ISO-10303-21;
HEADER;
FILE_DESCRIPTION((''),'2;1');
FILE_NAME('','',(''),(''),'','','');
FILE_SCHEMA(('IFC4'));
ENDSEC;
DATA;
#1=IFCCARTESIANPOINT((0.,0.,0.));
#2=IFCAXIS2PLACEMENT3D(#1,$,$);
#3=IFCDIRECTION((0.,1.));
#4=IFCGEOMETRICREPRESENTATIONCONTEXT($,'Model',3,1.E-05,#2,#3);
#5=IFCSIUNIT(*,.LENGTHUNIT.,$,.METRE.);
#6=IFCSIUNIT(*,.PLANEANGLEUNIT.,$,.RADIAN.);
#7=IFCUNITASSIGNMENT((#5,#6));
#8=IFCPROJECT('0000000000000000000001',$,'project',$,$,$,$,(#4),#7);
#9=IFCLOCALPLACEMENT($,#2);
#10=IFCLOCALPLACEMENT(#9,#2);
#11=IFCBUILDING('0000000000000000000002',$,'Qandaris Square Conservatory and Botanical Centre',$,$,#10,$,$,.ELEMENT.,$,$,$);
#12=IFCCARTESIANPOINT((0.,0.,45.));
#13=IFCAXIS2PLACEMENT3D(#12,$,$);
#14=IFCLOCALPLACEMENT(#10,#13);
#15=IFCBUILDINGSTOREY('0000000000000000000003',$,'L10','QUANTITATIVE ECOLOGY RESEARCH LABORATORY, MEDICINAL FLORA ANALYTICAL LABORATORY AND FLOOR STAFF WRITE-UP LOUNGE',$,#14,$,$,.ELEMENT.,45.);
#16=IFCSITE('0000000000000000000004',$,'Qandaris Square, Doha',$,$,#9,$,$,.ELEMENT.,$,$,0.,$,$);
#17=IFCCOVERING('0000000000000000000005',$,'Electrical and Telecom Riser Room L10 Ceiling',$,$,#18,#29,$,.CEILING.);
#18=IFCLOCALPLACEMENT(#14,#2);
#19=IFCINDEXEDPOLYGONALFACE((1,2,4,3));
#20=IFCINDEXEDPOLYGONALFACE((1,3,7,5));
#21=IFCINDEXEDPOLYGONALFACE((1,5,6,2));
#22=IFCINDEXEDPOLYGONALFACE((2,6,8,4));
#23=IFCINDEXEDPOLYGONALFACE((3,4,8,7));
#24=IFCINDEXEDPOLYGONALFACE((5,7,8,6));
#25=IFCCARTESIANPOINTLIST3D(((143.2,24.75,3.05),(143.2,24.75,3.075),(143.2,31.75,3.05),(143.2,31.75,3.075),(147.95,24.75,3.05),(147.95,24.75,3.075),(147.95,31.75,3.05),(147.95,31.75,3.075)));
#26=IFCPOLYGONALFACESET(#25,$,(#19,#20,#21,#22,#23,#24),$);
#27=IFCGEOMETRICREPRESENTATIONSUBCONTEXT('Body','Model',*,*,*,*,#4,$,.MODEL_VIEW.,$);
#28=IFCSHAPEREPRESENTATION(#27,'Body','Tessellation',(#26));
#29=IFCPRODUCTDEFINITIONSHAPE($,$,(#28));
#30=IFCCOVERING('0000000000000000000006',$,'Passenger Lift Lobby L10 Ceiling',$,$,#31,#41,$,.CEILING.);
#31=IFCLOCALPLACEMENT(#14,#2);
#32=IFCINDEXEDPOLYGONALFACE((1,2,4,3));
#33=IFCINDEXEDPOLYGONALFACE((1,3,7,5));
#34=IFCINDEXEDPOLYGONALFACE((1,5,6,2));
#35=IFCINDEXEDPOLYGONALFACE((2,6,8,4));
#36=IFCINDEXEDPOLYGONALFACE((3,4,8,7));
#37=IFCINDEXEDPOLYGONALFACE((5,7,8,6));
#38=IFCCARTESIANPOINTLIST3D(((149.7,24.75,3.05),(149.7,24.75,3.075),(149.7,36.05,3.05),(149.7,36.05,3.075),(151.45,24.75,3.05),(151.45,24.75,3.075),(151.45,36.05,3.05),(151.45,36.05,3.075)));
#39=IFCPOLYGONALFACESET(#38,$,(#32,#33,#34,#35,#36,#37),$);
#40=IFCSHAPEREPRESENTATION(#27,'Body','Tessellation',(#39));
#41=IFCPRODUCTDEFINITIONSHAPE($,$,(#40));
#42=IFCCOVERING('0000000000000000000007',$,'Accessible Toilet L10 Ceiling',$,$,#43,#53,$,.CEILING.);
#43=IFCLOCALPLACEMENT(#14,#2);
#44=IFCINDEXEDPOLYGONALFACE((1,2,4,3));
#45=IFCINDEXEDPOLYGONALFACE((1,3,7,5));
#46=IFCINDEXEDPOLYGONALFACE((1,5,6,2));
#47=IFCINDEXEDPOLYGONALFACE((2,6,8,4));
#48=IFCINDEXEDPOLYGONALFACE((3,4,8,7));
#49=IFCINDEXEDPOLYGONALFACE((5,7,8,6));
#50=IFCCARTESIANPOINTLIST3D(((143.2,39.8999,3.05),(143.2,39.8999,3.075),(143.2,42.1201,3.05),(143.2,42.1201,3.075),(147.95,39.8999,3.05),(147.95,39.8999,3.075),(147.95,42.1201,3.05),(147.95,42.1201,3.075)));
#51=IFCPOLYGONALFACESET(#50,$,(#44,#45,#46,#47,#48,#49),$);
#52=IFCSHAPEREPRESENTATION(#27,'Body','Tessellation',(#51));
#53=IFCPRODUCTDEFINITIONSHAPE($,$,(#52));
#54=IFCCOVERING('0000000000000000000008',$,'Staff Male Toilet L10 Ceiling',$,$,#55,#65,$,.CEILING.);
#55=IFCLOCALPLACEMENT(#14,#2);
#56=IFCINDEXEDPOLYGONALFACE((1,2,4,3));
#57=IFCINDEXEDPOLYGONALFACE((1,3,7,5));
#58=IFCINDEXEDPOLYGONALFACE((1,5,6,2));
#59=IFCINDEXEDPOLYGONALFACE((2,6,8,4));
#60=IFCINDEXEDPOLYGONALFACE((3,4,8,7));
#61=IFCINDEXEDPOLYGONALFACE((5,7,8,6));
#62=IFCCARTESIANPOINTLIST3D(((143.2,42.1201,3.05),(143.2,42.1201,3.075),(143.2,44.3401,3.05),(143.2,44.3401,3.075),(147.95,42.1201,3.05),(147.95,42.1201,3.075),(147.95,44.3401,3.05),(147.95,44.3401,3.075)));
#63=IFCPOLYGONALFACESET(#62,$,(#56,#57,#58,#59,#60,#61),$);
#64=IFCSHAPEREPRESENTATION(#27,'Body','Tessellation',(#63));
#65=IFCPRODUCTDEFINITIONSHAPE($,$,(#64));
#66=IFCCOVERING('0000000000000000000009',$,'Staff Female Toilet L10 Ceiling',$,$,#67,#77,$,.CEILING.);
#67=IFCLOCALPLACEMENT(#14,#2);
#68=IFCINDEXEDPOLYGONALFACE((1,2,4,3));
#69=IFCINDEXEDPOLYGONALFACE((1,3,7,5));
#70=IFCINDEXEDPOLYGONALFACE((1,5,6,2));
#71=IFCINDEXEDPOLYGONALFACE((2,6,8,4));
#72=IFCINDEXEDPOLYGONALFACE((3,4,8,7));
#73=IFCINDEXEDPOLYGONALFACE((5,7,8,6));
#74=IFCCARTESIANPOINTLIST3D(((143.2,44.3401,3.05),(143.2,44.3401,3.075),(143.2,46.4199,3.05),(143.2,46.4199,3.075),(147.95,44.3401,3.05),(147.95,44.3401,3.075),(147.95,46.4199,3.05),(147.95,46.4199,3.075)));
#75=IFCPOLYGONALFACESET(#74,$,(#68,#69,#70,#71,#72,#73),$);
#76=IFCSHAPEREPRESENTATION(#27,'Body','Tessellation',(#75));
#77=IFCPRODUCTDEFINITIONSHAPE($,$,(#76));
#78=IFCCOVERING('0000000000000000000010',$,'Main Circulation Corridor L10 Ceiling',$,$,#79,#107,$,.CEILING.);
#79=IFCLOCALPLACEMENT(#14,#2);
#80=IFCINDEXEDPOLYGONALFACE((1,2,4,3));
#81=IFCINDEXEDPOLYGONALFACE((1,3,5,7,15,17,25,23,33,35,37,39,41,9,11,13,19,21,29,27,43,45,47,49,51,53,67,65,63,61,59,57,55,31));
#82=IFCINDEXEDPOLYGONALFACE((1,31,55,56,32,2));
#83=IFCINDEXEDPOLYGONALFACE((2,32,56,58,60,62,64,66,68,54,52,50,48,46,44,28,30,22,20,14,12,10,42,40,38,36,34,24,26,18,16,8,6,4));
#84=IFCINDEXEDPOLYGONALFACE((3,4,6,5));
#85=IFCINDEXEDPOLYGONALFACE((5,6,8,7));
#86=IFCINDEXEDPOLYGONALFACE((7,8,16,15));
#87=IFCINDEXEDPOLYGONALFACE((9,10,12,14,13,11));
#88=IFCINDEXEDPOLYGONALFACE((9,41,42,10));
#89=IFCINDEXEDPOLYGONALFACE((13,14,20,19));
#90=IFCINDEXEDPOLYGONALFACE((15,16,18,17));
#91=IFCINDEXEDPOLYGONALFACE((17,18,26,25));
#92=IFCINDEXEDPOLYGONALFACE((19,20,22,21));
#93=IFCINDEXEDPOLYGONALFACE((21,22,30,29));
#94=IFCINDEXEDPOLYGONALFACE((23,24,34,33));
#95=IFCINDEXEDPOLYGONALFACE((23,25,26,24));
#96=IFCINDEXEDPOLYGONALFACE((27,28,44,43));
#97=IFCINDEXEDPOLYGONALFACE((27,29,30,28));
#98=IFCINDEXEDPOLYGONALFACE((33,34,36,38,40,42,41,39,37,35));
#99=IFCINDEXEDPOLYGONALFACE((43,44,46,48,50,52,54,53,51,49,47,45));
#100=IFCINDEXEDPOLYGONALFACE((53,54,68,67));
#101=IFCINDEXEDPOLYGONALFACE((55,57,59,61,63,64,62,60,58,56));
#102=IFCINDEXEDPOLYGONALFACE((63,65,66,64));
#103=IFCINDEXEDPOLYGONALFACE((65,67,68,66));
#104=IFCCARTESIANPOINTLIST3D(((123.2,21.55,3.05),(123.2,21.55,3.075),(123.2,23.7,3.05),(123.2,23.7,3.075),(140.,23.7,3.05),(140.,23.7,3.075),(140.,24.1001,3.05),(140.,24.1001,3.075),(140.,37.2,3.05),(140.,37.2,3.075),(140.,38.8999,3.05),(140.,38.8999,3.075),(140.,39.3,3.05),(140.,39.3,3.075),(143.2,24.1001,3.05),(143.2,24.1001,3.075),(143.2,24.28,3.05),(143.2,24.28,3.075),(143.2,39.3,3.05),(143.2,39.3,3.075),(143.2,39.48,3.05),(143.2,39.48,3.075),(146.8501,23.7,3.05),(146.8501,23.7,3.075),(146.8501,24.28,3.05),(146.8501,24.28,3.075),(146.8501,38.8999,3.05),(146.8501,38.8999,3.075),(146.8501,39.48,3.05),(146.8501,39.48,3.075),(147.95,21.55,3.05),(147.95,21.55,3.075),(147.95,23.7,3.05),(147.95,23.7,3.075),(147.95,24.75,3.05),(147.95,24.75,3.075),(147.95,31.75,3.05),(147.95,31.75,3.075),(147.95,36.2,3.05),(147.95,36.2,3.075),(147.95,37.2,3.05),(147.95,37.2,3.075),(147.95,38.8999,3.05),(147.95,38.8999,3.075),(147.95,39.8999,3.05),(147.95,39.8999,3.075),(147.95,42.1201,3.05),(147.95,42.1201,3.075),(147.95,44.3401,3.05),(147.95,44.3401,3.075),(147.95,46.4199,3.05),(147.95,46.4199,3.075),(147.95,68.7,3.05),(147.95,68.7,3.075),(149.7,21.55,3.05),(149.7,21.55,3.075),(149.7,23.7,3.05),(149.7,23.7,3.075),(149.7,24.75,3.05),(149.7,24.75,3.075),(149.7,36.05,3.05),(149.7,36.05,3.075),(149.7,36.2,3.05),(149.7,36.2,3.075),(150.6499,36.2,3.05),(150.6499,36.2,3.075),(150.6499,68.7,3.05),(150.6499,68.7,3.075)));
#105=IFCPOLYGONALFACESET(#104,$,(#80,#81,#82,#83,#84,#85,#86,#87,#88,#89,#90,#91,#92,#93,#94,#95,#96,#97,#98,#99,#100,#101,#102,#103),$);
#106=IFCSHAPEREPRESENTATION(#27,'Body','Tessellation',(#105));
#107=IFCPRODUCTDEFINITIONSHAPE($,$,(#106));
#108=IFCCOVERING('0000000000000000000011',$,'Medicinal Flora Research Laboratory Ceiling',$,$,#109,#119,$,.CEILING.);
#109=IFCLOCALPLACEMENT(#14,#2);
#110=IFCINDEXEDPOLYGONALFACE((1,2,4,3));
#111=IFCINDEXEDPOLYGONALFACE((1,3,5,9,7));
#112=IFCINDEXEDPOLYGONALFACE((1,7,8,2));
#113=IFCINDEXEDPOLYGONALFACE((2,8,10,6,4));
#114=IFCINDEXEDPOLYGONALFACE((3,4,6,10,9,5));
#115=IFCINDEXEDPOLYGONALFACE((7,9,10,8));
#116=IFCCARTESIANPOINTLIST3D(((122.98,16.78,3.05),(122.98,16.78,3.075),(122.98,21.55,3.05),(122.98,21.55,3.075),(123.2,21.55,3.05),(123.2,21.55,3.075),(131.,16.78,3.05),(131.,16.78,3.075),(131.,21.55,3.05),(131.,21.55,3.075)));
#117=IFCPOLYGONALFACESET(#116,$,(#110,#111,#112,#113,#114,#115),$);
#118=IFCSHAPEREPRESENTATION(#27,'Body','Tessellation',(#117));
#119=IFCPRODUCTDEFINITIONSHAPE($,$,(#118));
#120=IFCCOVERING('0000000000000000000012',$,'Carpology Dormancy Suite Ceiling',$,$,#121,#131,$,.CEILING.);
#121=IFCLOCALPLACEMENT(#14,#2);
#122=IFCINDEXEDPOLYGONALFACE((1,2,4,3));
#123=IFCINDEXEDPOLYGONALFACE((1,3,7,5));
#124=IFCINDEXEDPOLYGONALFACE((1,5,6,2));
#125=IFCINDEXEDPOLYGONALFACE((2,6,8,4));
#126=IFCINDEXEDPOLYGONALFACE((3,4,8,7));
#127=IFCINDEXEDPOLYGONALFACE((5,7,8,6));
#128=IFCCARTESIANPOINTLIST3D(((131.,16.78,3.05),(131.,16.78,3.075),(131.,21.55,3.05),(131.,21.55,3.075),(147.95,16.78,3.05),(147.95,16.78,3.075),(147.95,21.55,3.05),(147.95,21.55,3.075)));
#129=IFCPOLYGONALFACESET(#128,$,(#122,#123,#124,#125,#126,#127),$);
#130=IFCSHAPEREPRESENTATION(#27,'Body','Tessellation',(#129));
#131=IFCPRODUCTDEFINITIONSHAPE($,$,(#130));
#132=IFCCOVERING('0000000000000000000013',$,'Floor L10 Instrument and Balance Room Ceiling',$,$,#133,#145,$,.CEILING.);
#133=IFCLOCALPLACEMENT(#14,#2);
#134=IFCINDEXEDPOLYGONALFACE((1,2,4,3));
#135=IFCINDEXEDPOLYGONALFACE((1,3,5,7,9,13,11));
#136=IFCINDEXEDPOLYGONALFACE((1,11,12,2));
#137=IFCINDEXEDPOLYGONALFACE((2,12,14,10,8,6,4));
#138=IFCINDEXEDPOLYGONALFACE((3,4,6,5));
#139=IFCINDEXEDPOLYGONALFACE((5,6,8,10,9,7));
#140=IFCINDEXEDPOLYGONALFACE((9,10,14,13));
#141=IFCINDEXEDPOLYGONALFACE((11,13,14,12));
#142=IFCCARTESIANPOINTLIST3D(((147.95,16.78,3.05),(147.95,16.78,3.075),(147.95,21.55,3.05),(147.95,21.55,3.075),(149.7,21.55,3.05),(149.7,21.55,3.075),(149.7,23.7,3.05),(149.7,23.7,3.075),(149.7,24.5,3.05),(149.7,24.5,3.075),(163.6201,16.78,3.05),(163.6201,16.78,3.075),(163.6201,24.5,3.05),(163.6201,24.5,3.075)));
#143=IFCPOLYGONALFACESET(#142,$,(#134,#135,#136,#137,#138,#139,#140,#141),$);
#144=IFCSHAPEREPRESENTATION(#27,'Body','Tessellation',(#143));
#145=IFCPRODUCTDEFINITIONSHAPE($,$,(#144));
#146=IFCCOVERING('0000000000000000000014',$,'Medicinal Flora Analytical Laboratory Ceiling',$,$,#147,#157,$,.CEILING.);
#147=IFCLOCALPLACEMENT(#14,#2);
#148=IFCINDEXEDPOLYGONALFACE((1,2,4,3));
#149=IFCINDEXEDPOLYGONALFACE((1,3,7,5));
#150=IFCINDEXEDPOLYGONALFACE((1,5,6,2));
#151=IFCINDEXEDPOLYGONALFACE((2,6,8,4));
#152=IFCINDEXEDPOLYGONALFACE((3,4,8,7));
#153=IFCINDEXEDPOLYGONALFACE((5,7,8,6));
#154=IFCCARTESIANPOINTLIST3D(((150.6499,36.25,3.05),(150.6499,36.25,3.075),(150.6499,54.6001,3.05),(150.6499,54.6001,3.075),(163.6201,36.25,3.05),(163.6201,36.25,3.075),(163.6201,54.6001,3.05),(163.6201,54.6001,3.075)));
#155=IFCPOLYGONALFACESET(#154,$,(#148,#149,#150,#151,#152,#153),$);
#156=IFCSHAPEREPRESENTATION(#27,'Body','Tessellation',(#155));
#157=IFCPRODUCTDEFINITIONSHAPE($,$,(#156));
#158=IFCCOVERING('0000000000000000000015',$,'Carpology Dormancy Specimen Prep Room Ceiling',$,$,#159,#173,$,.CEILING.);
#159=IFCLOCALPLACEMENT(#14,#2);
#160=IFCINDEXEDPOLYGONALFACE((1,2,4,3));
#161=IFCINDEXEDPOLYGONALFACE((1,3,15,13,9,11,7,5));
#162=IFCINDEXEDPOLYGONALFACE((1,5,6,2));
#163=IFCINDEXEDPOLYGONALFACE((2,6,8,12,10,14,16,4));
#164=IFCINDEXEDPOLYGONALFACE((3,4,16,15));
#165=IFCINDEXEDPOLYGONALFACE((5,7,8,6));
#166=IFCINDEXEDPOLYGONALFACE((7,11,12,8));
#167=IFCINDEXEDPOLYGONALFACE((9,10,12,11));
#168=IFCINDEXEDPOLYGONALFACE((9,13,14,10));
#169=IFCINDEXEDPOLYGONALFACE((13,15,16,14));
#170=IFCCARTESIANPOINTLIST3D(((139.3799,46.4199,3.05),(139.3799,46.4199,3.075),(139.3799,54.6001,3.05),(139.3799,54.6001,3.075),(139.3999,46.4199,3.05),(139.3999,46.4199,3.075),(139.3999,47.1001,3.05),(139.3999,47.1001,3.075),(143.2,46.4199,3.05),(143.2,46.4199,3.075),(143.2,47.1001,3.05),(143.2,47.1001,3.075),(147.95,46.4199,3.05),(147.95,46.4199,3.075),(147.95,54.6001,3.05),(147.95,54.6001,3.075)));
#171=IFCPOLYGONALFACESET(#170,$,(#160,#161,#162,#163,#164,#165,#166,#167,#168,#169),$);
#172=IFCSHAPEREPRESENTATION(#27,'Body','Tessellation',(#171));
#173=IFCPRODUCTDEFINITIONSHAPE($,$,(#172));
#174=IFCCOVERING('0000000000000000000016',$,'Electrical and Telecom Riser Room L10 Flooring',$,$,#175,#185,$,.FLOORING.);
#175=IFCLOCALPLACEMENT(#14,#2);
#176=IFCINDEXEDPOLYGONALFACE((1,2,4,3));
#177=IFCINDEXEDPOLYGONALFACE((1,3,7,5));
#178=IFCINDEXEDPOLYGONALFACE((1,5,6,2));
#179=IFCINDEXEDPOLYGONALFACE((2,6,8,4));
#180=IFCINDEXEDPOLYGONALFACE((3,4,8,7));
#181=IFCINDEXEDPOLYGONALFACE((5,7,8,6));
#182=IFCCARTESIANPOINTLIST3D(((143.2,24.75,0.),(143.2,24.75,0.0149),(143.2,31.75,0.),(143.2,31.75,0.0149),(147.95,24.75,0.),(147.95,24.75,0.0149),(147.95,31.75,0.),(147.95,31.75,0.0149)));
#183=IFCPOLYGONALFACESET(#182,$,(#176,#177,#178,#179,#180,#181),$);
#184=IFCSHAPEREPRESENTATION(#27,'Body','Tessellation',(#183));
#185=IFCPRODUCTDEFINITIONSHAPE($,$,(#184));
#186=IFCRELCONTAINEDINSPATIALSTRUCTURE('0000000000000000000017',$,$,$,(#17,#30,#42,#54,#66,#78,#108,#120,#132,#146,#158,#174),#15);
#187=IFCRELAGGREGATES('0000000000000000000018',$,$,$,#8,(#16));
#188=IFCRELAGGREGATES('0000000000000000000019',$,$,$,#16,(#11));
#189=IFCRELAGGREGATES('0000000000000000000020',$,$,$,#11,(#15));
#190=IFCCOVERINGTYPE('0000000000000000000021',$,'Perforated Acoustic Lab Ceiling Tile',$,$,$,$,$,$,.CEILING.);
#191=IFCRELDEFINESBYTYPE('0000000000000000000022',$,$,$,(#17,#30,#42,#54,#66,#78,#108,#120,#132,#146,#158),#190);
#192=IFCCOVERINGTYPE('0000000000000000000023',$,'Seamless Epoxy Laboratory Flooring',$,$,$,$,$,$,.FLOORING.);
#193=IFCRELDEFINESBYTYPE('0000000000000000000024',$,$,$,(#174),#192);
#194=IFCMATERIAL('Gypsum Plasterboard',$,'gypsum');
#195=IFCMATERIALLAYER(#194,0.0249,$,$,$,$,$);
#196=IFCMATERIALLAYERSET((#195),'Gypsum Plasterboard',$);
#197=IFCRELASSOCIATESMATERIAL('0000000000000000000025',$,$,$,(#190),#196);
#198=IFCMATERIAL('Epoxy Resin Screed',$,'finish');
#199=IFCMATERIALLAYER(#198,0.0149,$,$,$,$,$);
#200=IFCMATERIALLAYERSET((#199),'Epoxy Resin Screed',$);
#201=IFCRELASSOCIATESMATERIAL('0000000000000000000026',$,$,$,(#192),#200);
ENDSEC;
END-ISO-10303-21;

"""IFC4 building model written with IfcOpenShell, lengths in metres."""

from ifc_helpers import new_model, si_unit, direction, frame, origin, place, context, subcontext, project, spatial, polyline, outline, extrude, material, layer, layer_set, type_object, element, save


model = new_model("IFC4")

# Units and contexts
model_context = context("Model", 3, precision=1e-05, world=origin(), true_north=direction((0.0, 1.0)))
body_context = subcontext(model_context, "Body", "Model", "MODEL_VIEW")
ifc_project = project(units=[si_unit("LENGTHUNIT", "METRE"), si_unit("PLANEANGLEUNIT", "RADIAN")], contexts=[model_context])

# Site, building, storey
site_placement = place(None, origin())
site = spatial("IfcSite", under=ifc_project, at=site_placement, Name="Qandaris Square, Doha", CompositionType="ELEMENT", RefElevation=0.0)
building_placement = place(site_placement, origin())
building = spatial("IfcBuilding", under=site, at=building_placement, Name="Qandaris Square Conservatory and Botanical Centre", CompositionType="ELEMENT")
storey_placement = place(building_placement, frame((0.0, 0.0, 45.0)))
storey = spatial("IfcBuildingStorey", under=building, at=storey_placement, Name="L10", Description="QUANTITATIVE ECOLOGY RESEARCH LABORATORY, MEDICINAL FLORA ANALYTICAL LABORATORY AND FLOOR STAFF WRITE-UP LOUNGE", CompositionType="ELEMENT", Elevation=45.0)

# Coverings
ifc_material_1 = material(Name="Gypsum Plasterboard", Category="gypsum")
ifc_layer_1 = layer(ifc_material_1, 0.0249)
ifc_layer_set_1 = layer_set([ifc_layer_1], Name="Gypsum Plasterboard")
covering_type_1 = type_object("IfcCoveringType", Name="Perforated Acoustic Lab Ceiling Tile", PredefinedType="CEILING", material=ifc_layer_set_1)
covering_1_placement = place(storey_placement, frame((0.0, 0.0, 3.05)))
element("IfcCovering", 1, at=covering_1_placement, inside=storey, type_object=covering_type_1, Name="Electrical and Telecom Riser Room L10 Ceiling", PredefinedType="CEILING", context=body_context, shape_type="SweptSolid", body=[
    extrude(outline(polyline([(147.95, 31.75), (147.95, 24.75), (143.2, 24.75), (143.2, 31.75), (147.95, 31.75)])), origin(), (0.0, 0.0, 1.0), 0.0249),
])
covering_2_placement = place(storey_placement, frame((0.0, 0.0, 3.05)))
element("IfcCovering", 2, at=covering_2_placement, inside=storey, type_object=covering_type_1, Name="Passenger Lift Lobby L10 Ceiling", PredefinedType="CEILING", context=body_context, shape_type="SweptSolid", body=[
    extrude(outline(polyline([(149.7, 36.05), (151.45, 36.05), (151.45, 24.75), (149.7, 24.75), (149.7, 36.05)])), origin(), (0.0, 0.0, 1.0), 0.0249),
])
covering_3_placement = place(storey_placement, frame((0.0, 0.0, 3.05)))
element("IfcCovering", 3, at=covering_3_placement, inside=storey, type_object=covering_type_1, Name="Accessible Toilet L10 Ceiling", PredefinedType="CEILING", context=body_context, shape_type="SweptSolid", body=[
    extrude(outline(polyline([(147.95, 42.1201), (147.95, 39.8999), (143.2, 39.8999), (143.2, 42.1201), (147.95, 42.1201)])), origin(), (0.0, 0.0, 1.0), 0.0249),
])
covering_4_placement = place(storey_placement, frame((0.0, 0.0, 3.05)))
element("IfcCovering", 4, at=covering_4_placement, inside=storey, type_object=covering_type_1, Name="Staff Male Toilet L10 Ceiling", PredefinedType="CEILING", context=body_context, shape_type="SweptSolid", body=[
    extrude(outline(polyline([(147.95, 44.3401), (147.95, 42.1201), (143.2, 42.1201), (143.2, 44.3401), (147.95, 44.3401)])), origin(), (0.0, 0.0, 1.0), 0.0249),
])
covering_5_placement = place(storey_placement, frame((0.0, 0.0, 3.05)))
element("IfcCovering", 5, at=covering_5_placement, inside=storey, type_object=covering_type_1, Name="Staff Female Toilet L10 Ceiling", PredefinedType="CEILING", context=body_context, shape_type="SweptSolid", body=[
    extrude(outline(polyline([(147.95, 46.4199), (147.95, 44.3401), (143.2, 44.3401), (143.2, 46.4199), (147.95, 46.4199)])), origin(), (0.0, 0.0, 1.0), 0.0249),
])
covering_6_placement = place(storey_placement, frame((0.0, 0.0, 3.05)))
element("IfcCovering", 6, at=covering_6_placement, inside=storey, type_object=covering_type_1, Name="Main Circulation Corridor L10 Ceiling", PredefinedType="CEILING", context=body_context, shape_type="SweptSolid", body=[
    extrude(outline(polyline([(140.0, 24.1001), (143.2, 24.1001), (143.2, 24.28), (146.8501, 24.28), (146.8501, 23.7), (147.95, 23.7), (147.95, 24.75), (147.95, 31.75), (147.95, 36.2), (147.95, 37.2), (140.0, 37.2), (140.0, 38.8999), (140.0, 39.3), (143.2, 39.3), (143.2, 39.48), (146.8501, 39.48), (146.8501, 38.8999), (147.95, 38.8999), (147.95, 39.8999), (147.95, 42.1201), (147.95, 44.3401), (147.95, 46.4199), (147.95, 68.7), (150.6499, 68.7), (150.6499, 36.2), (149.7, 36.2), (149.7, 36.05), (149.7, 24.75), (149.7, 23.7), (149.7, 21.55), (147.95, 21.55), (123.2, 21.55), (123.2, 23.7), (140.0, 23.7), (140.0, 24.1001)])), origin(), (0.0, 0.0, 1.0), 0.0249),
])
covering_7_placement = place(storey_placement, frame((0.0, 0.0, 3.05)))
element("IfcCovering", 7, at=covering_7_placement, inside=storey, type_object=covering_type_1, Name="Medicinal Flora Research Laboratory Ceiling", PredefinedType="CEILING", context=body_context, shape_type="SweptSolid", body=[
    extrude(outline(polyline([(123.2, 21.55), (131.0, 21.55), (131.0, 16.78), (122.98, 16.78), (122.98, 21.55), (123.2, 21.55)])), origin(), (0.0, 0.0, 1.0), 0.0249),
])
covering_8_placement = place(storey_placement, frame((0.0, 0.0, 3.05)))
element("IfcCovering", 8, at=covering_8_placement, inside=storey, type_object=covering_type_1, Name="Carpology Dormancy Suite Ceiling", PredefinedType="CEILING", context=body_context, shape_type="SweptSolid", body=[
    extrude(outline(polyline([(147.95, 21.55), (147.95, 16.78), (131.0, 16.78), (131.0, 21.55), (147.95, 21.55)])), origin(), (0.0, 0.0, 1.0), 0.0249),
])
covering_9_placement = place(storey_placement, frame((0.0, 0.0, 3.05)))
element("IfcCovering", 9, at=covering_9_placement, inside=storey, type_object=covering_type_1, Name="Floor L10 Instrument and Balance Room Ceiling", PredefinedType="CEILING", context=body_context, shape_type="SweptSolid", body=[
    extrude(outline(polyline([(147.95, 21.55), (149.7, 21.55), (149.7, 23.7), (149.7, 24.5), (163.6201, 24.5), (163.6201, 16.78), (147.95, 16.78), (147.95, 21.55)])), origin(), (0.0, 0.0, 1.0), 0.0249),
])
covering_10_placement = place(storey_placement, frame((0.0, 0.0, 3.05)))
element("IfcCovering", 10, at=covering_10_placement, inside=storey, type_object=covering_type_1, Name="Medicinal Flora Analytical Laboratory Ceiling", PredefinedType="CEILING", context=body_context, shape_type="SweptSolid", body=[
    extrude(outline(polyline([(150.6499, 54.6001), (163.6201, 54.6001), (163.6201, 36.25), (150.6499, 36.25), (150.6499, 54.6001)])), origin(), (0.0, 0.0, 1.0), 0.0249),
])
covering_11_placement = place(storey_placement, frame((0.0, 0.0, 3.05)))
element("IfcCovering", 11, at=covering_11_placement, inside=storey, type_object=covering_type_1, Name="Carpology Dormancy Specimen Prep Room Ceiling", PredefinedType="CEILING", context=body_context, shape_type="SweptSolid", body=[
    extrude(outline(polyline([(147.95, 46.4199), (143.2, 46.4199), (143.2, 47.1001), (139.3999, 47.1001), (139.3999, 46.4199), (139.3799, 46.4199), (139.3799, 54.6001), (147.95, 54.6001), (147.95, 46.4199)])), origin(), (0.0, 0.0, 1.0), 0.0249),
])
ifc_material_2 = material(Name="Epoxy Resin Screed", Category="finish")
ifc_layer_2 = layer(ifc_material_2, 0.0149)
ifc_layer_set_2 = layer_set([ifc_layer_2], Name="Epoxy Resin Screed")
covering_type_2 = type_object("IfcCoveringType", Name="Seamless Epoxy Laboratory Flooring", PredefinedType="FLOORING", material=ifc_layer_set_2)
covering_12_placement = place(storey_placement, origin())
element("IfcCovering", 12, at=covering_12_placement, inside=storey, type_object=covering_type_2, Name="Electrical and Telecom Riser Room L10 Flooring", PredefinedType="FLOORING", context=body_context, shape_type="SweptSolid", body=[
    extrude(outline(polyline([(147.95, 31.75), (147.95, 24.75), (143.2, 24.75), (143.2, 31.75), (147.95, 31.75)])), origin(), (0.0, 0.0, 1.0), 0.0149),
])

save(model, "model.ifc")
